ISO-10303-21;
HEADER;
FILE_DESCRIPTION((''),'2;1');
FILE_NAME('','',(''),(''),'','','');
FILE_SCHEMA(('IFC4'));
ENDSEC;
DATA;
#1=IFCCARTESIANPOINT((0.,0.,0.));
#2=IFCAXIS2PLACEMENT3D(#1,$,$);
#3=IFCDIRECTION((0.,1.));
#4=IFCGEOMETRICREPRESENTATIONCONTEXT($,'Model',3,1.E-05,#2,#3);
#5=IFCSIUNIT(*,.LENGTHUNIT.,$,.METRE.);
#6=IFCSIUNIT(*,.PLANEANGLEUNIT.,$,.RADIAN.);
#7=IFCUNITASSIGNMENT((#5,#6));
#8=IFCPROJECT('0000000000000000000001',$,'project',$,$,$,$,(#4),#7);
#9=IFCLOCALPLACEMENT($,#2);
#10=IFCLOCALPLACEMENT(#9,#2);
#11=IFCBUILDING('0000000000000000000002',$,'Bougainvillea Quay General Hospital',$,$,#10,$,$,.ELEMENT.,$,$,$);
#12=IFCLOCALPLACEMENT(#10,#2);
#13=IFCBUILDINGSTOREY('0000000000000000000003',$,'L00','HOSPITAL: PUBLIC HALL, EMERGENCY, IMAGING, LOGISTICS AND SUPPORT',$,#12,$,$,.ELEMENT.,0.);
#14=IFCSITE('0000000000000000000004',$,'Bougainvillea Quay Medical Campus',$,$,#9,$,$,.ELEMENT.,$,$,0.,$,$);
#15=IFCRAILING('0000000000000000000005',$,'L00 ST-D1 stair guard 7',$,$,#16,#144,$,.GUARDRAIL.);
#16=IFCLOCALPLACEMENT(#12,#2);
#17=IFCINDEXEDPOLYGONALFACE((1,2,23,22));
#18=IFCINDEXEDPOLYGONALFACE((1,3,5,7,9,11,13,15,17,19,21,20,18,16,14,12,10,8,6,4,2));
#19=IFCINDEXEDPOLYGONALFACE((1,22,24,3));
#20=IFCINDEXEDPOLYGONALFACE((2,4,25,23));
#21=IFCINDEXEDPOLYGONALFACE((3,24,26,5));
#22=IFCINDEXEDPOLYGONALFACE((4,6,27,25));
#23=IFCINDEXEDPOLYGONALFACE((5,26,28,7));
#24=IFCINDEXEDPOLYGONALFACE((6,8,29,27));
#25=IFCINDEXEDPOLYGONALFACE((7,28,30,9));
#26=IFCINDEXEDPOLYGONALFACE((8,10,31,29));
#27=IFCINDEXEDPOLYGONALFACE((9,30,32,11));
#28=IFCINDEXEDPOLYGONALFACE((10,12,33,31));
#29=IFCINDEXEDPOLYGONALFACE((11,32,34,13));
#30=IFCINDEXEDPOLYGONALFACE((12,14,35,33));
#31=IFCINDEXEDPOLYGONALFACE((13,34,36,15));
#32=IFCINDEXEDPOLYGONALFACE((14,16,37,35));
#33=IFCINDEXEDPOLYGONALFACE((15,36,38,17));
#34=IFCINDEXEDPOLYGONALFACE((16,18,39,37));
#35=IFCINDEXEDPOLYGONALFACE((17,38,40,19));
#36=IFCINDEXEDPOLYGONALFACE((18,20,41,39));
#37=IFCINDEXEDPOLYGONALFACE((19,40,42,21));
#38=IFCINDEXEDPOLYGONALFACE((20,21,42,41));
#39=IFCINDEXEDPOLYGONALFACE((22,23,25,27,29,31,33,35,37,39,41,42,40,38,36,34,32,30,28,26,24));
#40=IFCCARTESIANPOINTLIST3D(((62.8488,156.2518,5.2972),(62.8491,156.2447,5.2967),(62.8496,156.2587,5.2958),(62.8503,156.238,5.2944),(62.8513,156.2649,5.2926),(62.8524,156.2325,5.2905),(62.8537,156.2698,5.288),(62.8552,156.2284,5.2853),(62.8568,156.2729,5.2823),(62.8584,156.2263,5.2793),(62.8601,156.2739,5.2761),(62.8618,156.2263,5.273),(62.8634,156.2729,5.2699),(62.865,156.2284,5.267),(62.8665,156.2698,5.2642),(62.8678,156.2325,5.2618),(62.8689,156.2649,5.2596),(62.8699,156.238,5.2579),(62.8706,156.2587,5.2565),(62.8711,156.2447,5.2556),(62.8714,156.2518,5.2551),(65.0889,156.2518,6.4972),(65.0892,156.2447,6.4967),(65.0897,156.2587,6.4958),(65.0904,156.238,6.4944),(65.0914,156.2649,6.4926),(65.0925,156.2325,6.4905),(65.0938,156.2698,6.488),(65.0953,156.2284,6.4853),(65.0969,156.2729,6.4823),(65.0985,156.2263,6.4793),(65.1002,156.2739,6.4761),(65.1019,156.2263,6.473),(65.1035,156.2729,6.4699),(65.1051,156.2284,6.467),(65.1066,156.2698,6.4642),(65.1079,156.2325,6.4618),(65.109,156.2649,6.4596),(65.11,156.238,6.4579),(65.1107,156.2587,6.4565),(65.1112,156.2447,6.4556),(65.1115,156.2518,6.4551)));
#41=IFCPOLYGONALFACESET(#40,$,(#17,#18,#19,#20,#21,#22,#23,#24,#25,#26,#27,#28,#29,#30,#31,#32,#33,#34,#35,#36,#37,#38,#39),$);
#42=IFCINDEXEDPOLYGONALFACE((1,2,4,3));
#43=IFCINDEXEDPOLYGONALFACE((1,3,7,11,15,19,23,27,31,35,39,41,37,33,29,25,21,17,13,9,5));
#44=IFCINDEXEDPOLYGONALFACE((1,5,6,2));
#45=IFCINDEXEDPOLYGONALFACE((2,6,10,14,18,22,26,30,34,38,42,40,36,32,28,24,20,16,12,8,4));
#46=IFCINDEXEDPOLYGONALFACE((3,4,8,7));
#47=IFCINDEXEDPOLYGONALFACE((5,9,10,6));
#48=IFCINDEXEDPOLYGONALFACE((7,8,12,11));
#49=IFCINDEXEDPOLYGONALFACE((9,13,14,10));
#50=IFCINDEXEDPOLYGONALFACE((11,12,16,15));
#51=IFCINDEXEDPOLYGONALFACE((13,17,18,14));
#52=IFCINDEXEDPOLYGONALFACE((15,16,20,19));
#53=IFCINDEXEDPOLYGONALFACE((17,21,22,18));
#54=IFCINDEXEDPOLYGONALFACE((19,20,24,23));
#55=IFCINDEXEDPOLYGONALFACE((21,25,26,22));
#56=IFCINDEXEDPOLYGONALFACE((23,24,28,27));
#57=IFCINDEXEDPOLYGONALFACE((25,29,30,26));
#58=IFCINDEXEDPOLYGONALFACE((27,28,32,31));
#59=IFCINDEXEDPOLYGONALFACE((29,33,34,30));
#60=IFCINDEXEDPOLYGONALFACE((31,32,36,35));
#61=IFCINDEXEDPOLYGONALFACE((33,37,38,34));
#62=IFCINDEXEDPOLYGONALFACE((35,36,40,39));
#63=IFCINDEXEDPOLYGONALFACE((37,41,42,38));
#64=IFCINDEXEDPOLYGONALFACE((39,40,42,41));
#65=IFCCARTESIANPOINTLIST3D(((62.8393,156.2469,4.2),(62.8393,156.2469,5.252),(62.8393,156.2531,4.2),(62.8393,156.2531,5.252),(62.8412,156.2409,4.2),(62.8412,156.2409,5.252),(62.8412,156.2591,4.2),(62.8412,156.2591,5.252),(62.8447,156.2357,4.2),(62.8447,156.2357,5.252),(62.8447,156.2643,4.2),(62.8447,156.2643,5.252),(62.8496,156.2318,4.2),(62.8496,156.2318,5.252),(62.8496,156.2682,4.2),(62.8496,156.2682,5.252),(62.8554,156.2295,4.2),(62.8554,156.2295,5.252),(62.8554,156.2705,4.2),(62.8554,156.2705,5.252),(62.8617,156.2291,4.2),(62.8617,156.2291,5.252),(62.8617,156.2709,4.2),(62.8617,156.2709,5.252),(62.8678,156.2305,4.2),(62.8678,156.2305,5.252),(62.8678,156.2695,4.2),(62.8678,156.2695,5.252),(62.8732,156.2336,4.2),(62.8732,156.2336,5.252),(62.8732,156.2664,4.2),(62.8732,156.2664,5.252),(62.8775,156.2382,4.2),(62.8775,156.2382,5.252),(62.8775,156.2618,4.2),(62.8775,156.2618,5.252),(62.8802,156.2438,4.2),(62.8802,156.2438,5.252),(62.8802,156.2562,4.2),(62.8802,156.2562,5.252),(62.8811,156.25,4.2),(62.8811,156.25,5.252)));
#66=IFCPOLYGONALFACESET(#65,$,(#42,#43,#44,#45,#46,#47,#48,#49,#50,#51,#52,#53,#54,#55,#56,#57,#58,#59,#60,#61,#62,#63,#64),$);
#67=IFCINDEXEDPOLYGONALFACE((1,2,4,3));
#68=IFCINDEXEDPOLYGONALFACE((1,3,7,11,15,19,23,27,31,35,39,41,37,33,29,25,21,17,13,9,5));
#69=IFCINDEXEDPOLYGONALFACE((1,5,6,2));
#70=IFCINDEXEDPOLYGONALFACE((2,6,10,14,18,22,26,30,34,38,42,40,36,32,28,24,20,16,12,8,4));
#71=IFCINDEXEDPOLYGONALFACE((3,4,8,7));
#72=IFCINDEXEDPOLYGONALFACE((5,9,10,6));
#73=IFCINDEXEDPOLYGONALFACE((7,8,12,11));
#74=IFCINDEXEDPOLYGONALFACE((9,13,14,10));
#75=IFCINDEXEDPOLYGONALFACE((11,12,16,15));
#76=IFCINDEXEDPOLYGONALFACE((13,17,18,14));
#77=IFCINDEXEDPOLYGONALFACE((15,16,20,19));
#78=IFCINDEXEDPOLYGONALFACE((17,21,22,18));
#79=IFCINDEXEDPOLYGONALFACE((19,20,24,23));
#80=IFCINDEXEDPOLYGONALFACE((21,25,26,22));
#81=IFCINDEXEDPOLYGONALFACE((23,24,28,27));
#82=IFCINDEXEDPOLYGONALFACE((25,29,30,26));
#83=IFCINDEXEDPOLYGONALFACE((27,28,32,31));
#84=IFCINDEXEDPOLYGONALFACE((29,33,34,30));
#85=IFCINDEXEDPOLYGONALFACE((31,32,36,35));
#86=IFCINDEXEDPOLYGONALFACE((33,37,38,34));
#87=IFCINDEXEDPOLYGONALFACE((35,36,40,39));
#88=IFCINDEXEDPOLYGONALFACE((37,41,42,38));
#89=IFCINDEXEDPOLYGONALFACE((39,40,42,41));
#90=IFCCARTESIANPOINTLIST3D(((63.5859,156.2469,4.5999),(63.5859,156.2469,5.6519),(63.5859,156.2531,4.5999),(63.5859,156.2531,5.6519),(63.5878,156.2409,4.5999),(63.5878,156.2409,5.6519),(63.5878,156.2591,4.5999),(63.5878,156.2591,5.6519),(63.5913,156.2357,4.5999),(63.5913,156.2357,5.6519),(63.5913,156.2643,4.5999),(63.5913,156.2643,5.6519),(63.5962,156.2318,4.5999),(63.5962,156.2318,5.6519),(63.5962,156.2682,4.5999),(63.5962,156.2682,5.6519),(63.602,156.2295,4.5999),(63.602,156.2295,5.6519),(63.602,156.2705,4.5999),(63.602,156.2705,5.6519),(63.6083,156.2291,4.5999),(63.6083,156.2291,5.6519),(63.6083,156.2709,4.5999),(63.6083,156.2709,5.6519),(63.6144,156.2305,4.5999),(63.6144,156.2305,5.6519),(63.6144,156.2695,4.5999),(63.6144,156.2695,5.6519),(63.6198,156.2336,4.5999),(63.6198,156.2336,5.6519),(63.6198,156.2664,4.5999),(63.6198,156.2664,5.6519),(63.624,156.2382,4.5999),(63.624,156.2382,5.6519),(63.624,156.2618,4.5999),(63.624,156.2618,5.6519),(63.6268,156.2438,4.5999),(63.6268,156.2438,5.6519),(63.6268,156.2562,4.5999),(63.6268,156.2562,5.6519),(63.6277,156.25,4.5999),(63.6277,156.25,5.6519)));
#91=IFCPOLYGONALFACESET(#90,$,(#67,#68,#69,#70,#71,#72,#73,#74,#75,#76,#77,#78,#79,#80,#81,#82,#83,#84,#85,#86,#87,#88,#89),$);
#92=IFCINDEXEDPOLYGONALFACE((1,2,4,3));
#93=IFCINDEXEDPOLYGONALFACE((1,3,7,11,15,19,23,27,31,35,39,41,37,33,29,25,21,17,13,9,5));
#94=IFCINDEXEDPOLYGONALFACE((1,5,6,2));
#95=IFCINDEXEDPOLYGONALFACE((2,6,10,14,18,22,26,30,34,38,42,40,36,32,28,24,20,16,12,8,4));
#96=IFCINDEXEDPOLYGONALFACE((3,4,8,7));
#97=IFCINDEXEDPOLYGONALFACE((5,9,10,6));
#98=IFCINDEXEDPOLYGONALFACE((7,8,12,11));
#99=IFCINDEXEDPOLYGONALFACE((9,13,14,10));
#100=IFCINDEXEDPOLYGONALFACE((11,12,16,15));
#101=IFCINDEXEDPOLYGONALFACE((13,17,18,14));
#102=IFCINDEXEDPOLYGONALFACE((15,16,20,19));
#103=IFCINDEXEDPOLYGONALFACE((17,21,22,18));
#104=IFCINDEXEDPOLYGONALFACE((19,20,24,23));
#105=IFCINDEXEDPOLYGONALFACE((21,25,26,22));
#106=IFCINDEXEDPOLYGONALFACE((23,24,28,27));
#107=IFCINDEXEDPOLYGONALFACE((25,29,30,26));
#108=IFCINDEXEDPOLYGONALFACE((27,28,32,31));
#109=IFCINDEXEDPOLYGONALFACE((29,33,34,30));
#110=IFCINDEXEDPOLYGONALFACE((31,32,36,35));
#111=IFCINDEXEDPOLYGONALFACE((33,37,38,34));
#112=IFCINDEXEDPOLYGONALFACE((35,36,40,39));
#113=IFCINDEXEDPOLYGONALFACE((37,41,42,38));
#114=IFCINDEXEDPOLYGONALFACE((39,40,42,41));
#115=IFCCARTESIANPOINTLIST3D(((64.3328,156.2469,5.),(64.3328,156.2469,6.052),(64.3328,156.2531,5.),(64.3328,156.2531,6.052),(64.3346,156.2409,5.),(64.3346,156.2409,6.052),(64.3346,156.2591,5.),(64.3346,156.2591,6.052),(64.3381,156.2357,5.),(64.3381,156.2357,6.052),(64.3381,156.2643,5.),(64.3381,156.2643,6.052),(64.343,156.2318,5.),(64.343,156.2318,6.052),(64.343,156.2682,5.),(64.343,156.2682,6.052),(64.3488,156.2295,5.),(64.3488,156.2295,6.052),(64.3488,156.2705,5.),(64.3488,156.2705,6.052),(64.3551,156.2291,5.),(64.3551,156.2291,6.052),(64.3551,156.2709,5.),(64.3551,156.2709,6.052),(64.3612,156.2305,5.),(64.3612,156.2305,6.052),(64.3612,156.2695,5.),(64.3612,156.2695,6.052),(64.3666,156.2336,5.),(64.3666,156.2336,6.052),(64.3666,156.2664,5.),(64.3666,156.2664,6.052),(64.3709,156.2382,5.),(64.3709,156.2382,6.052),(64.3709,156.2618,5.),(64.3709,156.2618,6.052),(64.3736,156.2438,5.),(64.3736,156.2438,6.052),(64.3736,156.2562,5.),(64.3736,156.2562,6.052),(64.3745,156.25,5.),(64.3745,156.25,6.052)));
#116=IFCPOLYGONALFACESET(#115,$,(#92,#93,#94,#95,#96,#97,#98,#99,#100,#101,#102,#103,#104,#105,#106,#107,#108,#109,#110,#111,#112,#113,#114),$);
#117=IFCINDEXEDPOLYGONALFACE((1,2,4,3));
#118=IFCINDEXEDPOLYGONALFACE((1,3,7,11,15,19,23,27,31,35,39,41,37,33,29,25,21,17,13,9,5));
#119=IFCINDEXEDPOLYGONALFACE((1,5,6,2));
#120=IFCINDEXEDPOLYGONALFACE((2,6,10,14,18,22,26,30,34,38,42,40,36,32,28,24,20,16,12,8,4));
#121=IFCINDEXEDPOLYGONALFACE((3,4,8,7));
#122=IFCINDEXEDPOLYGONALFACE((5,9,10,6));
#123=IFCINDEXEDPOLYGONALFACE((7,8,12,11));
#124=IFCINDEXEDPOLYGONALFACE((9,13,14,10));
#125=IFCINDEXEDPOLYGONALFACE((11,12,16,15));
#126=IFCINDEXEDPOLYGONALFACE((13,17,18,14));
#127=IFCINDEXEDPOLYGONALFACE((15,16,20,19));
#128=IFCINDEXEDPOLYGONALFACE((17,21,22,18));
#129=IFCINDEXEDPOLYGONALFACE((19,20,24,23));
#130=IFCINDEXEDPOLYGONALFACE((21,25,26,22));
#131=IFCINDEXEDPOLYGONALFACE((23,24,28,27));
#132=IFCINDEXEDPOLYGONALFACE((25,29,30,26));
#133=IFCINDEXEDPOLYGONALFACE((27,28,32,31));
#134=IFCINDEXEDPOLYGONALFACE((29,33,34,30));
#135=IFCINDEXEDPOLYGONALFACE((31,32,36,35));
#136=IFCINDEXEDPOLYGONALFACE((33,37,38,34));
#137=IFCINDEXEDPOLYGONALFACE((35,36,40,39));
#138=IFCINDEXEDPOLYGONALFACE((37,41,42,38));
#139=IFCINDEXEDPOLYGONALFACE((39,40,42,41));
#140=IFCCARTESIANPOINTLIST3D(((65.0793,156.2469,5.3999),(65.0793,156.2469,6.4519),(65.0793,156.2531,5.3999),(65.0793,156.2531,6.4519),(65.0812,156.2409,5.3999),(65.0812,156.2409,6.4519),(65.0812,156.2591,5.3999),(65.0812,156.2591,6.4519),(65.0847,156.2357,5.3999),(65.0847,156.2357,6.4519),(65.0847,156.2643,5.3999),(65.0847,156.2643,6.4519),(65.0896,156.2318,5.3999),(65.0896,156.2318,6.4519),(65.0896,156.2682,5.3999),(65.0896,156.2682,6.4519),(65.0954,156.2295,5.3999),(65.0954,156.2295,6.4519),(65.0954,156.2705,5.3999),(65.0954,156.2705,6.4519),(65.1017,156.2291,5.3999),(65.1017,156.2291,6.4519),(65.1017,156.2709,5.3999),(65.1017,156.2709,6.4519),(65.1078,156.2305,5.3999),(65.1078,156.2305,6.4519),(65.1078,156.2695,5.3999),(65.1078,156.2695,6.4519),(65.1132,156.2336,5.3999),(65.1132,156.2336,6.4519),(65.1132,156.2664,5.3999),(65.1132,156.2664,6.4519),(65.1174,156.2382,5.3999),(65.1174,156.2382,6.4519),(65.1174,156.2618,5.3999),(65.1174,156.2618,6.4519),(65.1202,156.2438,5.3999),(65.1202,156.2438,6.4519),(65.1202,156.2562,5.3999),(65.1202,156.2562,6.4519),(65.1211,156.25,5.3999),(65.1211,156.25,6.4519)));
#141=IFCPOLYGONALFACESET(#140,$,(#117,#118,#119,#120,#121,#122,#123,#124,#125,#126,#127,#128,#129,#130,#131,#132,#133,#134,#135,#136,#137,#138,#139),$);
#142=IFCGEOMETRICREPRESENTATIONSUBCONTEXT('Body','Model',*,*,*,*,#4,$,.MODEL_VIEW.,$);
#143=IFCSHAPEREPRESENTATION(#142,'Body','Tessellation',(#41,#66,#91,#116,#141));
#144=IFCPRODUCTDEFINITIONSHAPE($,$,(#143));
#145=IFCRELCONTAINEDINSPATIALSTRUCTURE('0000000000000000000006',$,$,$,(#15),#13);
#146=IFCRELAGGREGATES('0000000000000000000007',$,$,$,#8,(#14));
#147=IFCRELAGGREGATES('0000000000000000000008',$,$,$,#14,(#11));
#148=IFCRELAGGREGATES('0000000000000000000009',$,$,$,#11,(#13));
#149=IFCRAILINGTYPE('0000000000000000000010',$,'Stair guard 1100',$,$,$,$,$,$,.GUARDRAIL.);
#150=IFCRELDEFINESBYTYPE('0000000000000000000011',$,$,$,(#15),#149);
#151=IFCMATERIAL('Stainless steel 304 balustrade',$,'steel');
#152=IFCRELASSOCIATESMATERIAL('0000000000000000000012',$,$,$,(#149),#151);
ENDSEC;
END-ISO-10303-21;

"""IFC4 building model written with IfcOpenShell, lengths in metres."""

from ifc_helpers import new_model, si_unit, direction, frame, origin, origin_2d, place, context, subcontext, project, spatial, circle, extrude, material, type_object, element, save


model = new_model("IFC4")

# Units and contexts
model_context = context("Model", 3, precision=1e-05, world=origin(), true_north=direction((0.0, 1.0)))
body_context = subcontext(model_context, "Body", "Model", "MODEL_VIEW")
ifc_project = project(units=[si_unit("LENGTHUNIT", "METRE"), si_unit("PLANEANGLEUNIT", "RADIAN")], contexts=[model_context])

# Site, building, storey
site_placement = place(None, origin())
site = spatial("IfcSite", under=ifc_project, at=site_placement, Name="Bougainvillea Quay Medical Campus", CompositionType="ELEMENT", RefElevation=0.0)
building_placement = place(site_placement, origin())
building = spatial("IfcBuilding", under=site, at=building_placement, Name="Bougainvillea Quay General Hospital", CompositionType="ELEMENT")
storey_placement = place(building_placement, origin())
storey = spatial("IfcBuildingStorey", under=building, at=storey_placement, Name="L00", Description="HOSPITAL: PUBLIC HALL, EMERGENCY, IMAGING, LOGISTICS AND SUPPORT", CompositionType="ELEMENT", Elevation=0.0)

# Railing
ifc_material_1 = material(Name="Stainless steel 304 balustrade", Category="steel")
railing_type_1 = type_object("IfcRailingType", Name="Stair guard 1100", PredefinedType="GUARDRAIL", material=ifc_material_1)
railing_1_placement = place(storey_placement, frame((62.8601, 156.25, 4.2)))
element("IfcRailing", 1, at=railing_1_placement, inside=storey, type_object=railing_type_1, Name="L00 ST-D1 stair guard 7", PredefinedType="GUARDRAIL", context=body_context, shape_type="SweptSolid", body=[
    extrude(circle(Radius=0.0239, at=origin_2d()), frame((0.0, 0.0, 1.0762), z_axis=(0.881487, 0.0, 0.472208), x_axis=(0.0, 1.0, 0.0)), (0.0, 0.0, 1.0), 2.5413),
    extrude(circle(Radius=0.021, at=origin_2d()), origin(), (0.0, 0.0, 1.0), 1.052),
    extrude(circle(Radius=0.021, at=origin_2d()), frame((0.7466, 0.0, 0.3999)), (0.0, 0.0, 1.0), 1.052),
    extrude(circle(Radius=0.021, at=origin_2d()), frame((1.4934, 0.0, 0.8)), (0.0, 0.0, 1.0), 1.052),
    extrude(circle(Radius=0.021, at=origin_2d()), frame((2.24, 0.0, 1.2)), (0.0, 0.0, 1.0), 1.052),
])

save(model, "model.ifc")
